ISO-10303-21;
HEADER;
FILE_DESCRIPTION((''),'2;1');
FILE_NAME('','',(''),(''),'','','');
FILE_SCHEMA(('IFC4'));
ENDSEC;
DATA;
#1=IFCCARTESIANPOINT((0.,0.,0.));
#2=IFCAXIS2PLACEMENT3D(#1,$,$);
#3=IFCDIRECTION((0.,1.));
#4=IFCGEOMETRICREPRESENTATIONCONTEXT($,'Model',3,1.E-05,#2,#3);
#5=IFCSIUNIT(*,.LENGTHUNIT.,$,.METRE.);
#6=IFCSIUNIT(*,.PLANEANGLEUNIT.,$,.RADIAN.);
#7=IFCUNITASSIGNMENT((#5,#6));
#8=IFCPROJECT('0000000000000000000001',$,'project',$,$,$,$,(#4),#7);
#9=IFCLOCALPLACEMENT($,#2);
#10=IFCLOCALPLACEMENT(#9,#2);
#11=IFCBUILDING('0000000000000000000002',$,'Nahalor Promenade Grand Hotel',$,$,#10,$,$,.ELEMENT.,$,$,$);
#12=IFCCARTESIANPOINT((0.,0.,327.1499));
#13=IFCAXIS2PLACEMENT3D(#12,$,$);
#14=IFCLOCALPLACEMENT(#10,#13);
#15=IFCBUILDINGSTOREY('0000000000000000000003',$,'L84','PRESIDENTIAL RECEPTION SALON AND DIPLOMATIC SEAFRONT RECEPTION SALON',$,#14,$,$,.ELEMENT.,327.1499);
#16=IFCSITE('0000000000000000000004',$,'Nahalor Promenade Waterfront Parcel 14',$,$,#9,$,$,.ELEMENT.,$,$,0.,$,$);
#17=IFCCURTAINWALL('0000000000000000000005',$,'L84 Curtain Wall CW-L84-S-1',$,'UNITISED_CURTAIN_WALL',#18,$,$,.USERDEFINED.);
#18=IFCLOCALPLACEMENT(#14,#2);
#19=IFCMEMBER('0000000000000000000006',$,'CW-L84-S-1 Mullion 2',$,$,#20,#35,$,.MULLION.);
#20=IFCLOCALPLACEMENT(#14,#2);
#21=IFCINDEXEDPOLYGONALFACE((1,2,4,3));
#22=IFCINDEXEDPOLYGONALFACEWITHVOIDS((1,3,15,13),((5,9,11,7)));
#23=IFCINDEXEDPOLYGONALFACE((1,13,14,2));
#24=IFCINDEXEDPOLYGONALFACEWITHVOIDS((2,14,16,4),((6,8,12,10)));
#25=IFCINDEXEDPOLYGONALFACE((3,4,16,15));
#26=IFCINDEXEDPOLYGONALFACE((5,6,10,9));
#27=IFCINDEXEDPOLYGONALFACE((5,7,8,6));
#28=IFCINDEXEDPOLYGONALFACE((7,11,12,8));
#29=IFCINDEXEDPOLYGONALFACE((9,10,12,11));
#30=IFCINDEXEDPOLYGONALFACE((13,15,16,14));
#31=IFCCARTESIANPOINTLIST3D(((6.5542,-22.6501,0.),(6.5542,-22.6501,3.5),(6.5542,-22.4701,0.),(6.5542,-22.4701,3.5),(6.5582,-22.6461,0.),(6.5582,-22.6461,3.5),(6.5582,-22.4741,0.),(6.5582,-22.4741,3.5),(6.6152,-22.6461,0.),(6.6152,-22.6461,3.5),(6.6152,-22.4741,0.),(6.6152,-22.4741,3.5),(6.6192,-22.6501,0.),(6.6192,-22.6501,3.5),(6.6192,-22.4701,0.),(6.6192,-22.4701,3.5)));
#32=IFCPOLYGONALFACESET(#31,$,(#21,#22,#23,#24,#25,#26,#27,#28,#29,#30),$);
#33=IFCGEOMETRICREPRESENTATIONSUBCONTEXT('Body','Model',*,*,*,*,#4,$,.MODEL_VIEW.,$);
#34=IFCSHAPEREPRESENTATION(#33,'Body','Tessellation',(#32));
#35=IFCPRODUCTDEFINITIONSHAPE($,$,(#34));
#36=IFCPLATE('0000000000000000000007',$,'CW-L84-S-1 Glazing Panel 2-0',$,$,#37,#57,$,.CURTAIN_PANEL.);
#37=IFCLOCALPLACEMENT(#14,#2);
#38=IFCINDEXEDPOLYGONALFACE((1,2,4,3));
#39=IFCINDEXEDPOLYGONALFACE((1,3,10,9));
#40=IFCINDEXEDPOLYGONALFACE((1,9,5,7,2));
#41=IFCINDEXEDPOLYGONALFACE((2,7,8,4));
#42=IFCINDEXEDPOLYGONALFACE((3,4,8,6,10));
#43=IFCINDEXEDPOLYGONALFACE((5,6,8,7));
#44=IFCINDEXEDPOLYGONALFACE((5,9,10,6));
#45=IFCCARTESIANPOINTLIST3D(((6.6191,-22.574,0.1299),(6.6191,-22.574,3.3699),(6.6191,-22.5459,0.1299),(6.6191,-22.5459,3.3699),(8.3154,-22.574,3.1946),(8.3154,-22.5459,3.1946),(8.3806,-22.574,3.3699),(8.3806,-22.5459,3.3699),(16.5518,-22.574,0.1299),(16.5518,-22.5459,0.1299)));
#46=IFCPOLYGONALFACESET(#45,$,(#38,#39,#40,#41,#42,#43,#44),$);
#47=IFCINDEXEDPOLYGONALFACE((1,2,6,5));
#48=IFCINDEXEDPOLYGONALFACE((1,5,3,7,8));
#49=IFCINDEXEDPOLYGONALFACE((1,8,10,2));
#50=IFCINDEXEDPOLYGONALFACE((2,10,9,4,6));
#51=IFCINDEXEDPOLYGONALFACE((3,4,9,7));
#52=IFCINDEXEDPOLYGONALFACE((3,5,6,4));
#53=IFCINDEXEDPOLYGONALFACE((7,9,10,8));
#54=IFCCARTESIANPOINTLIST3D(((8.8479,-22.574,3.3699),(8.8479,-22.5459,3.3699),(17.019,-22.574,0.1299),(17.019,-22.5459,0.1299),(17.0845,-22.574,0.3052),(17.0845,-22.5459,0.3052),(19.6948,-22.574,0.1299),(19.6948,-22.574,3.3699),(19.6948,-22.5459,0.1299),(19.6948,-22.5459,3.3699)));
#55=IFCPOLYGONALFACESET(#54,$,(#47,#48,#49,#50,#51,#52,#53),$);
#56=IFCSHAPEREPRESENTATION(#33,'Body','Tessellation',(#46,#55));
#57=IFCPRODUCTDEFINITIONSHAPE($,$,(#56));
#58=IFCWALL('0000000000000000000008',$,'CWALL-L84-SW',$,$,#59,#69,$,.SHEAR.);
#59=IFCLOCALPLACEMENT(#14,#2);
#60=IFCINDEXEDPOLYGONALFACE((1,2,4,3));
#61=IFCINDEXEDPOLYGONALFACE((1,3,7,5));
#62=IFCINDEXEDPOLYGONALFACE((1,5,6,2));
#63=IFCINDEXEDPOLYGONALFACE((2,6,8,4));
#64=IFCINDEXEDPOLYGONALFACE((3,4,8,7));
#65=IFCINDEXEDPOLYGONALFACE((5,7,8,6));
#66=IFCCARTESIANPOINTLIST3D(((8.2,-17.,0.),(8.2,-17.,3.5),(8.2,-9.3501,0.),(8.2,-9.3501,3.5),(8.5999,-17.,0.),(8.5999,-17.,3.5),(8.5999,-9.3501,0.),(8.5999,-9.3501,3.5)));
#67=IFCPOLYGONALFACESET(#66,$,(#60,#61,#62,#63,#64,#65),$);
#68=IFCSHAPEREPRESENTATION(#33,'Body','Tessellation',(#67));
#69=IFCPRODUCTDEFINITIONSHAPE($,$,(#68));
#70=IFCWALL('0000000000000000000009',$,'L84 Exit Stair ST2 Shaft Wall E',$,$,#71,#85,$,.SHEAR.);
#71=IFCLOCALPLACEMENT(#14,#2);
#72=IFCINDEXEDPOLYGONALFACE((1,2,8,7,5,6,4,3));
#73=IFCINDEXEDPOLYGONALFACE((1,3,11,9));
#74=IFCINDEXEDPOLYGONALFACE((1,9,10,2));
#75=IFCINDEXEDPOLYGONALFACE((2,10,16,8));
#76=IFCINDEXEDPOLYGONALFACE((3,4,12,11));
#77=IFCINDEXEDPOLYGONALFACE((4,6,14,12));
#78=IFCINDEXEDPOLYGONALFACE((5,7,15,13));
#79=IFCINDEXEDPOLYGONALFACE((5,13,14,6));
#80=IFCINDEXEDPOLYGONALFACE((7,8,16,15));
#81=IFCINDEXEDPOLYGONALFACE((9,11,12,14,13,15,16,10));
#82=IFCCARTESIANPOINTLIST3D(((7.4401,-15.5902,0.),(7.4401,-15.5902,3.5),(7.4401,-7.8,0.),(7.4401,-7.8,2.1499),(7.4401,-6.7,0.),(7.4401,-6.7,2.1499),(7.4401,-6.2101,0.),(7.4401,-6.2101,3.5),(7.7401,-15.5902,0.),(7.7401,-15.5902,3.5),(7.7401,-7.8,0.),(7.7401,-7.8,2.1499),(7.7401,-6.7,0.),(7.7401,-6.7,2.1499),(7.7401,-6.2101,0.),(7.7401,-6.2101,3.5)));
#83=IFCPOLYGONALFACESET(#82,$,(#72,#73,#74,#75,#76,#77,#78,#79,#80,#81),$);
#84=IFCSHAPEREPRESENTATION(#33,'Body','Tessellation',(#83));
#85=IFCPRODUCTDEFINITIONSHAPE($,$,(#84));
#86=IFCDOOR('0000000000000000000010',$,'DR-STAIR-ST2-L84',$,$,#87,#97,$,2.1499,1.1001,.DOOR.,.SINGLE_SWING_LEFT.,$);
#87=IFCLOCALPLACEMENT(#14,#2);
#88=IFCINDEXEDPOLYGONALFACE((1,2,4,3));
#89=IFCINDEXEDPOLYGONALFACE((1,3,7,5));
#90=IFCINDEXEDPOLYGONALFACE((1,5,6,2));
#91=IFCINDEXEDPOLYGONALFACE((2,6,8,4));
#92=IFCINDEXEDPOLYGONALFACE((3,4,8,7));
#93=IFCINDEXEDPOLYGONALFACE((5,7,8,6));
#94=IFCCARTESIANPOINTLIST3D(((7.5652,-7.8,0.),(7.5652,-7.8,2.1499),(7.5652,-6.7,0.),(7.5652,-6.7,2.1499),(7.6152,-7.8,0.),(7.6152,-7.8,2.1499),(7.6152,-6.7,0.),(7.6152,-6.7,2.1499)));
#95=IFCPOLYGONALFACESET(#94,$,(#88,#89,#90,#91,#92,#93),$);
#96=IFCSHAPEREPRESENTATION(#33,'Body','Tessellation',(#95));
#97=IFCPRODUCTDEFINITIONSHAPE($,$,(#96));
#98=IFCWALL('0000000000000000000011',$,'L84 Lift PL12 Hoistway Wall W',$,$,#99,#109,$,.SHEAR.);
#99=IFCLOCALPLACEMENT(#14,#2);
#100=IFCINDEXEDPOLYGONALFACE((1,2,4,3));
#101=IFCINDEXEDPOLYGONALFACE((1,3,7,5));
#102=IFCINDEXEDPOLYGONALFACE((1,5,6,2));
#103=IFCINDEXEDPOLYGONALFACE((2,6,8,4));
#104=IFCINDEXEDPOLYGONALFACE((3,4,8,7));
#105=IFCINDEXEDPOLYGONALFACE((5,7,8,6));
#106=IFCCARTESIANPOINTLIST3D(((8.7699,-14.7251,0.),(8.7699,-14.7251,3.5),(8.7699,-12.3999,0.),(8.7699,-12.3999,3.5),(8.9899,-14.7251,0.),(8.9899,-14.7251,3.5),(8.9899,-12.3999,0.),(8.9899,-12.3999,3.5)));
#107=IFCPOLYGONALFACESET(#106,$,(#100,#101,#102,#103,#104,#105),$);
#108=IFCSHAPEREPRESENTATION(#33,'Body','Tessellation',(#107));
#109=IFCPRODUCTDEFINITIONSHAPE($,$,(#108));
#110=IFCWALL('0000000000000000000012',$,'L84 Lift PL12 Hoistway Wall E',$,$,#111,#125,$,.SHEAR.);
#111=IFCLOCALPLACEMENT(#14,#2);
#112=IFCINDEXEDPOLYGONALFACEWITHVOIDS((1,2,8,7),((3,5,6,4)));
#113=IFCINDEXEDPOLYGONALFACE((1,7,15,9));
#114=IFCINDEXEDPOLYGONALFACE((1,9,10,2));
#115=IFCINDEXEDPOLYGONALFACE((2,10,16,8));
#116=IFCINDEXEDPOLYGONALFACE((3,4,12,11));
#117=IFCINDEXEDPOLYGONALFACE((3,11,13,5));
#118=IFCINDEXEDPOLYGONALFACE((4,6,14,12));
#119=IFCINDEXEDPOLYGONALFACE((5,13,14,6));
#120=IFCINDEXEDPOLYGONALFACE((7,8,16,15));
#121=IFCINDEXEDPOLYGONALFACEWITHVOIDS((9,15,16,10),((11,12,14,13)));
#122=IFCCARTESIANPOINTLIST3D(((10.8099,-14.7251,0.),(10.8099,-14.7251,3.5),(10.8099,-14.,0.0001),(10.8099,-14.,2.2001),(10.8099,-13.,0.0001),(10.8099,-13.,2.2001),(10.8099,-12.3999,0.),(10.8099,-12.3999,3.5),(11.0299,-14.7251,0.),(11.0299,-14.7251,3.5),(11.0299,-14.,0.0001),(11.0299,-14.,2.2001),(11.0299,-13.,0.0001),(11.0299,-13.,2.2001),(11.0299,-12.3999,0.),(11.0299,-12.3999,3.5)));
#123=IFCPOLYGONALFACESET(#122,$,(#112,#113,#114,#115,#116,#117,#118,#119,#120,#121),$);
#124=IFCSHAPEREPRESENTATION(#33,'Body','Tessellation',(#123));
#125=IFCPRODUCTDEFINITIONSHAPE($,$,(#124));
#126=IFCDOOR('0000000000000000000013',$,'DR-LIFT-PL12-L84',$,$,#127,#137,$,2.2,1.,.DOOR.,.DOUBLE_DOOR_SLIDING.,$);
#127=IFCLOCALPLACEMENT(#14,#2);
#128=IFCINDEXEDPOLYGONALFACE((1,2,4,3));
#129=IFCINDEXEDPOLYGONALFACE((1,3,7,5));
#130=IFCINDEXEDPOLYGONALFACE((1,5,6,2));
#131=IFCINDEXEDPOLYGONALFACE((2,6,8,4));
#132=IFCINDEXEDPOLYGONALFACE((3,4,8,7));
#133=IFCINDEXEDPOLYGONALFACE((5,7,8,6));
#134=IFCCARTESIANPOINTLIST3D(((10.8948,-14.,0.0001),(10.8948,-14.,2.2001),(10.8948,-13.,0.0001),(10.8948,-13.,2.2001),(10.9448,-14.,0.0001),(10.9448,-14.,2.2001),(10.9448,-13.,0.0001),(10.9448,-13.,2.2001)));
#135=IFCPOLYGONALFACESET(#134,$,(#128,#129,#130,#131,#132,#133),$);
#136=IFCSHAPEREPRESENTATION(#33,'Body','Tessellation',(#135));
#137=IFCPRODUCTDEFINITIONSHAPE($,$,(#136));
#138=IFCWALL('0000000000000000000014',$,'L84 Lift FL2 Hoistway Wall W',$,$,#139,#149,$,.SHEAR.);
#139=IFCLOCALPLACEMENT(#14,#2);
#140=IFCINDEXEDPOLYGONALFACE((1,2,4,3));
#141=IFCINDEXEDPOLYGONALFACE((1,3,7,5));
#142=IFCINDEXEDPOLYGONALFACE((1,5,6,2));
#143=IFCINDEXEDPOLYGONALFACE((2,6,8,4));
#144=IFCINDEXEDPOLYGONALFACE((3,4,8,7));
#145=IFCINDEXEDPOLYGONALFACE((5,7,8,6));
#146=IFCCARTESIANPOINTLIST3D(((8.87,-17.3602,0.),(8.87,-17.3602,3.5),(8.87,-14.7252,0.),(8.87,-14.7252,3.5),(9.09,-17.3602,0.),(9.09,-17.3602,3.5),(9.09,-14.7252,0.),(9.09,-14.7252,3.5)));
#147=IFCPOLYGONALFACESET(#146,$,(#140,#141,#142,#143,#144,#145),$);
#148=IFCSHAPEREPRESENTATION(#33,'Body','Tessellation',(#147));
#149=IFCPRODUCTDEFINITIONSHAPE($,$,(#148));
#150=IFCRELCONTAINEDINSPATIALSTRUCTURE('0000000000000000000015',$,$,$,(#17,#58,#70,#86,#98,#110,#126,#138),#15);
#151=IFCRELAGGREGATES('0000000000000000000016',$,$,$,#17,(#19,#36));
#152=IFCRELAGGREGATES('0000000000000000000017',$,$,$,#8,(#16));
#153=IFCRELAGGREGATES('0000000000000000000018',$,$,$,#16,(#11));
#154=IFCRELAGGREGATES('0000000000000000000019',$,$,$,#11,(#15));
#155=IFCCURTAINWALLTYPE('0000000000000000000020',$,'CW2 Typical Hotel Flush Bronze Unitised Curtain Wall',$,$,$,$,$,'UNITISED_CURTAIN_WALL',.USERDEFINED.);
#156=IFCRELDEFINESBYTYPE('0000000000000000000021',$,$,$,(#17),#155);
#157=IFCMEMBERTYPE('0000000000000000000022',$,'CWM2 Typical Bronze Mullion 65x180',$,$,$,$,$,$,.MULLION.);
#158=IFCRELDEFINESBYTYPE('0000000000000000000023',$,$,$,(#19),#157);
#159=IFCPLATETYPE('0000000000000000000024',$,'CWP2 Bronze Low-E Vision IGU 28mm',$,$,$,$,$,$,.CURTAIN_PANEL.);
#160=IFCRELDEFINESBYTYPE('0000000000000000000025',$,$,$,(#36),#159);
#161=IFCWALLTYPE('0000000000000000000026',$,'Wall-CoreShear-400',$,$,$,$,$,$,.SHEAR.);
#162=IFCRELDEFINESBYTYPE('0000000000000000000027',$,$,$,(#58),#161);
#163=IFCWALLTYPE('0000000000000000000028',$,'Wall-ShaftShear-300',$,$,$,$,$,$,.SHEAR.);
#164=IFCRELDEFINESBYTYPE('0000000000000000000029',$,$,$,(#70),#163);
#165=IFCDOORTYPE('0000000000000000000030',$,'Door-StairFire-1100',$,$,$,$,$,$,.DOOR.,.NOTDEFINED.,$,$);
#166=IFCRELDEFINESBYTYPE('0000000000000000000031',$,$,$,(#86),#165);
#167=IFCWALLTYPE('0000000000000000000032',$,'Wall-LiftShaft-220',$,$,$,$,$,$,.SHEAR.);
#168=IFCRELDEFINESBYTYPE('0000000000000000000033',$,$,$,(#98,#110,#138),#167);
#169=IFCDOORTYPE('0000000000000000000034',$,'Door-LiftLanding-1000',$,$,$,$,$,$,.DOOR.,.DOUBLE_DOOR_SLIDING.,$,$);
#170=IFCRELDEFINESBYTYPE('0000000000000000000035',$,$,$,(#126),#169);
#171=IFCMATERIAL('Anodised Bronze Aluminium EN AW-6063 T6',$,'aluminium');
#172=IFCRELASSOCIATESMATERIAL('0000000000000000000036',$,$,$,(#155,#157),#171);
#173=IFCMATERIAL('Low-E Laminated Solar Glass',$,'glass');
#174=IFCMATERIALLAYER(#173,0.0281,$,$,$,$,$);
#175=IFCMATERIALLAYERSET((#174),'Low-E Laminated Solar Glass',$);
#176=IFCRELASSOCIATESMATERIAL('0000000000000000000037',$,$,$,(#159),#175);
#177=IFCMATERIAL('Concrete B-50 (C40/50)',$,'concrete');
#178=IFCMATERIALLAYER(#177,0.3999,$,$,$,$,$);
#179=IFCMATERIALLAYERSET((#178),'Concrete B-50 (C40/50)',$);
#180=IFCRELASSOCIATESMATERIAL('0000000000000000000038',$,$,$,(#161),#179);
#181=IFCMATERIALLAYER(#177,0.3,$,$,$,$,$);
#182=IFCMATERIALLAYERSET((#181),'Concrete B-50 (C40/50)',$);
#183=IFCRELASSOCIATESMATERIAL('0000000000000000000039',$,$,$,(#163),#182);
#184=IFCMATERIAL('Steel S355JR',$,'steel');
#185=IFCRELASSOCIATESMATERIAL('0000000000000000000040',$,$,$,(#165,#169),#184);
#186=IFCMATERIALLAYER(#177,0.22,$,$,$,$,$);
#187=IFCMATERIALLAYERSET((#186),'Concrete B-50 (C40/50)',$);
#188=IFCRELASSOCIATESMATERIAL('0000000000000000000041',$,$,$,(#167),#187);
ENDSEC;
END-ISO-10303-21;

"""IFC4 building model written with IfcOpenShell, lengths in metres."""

from ifc_helpers import new_model, si_unit, direction, frame, frame_2d, origin, origin_2d, place, context, subcontext, project, spatial, polyline, rectangle, hollow_rectangle, outline, extrude, source, transform, mapped, material, layer, layer_set, material_profile, profile_set, type_object, element, fill, aggregate, save


model = new_model("IFC4")

# Units and contexts
model_context = context("Model", 3, precision=1e-05, world=origin(), true_north=direction((0.0, 1.0)))
body_context = subcontext(model_context, "Body", "Model", "MODEL_VIEW")
ifc_project = project(units=[si_unit("LENGTHUNIT", "METRE"), si_unit("PLANEANGLEUNIT", "RADIAN")], contexts=[model_context])

# Site, building, storey
site_placement = place(None, origin())
site = spatial("IfcSite", under=ifc_project, at=site_placement, Name="Nahalor Promenade Waterfront Parcel 14", CompositionType="ELEMENT", RefElevation=0.0)
building_placement = place(site_placement, origin())
building = spatial("IfcBuilding", under=site, at=building_placement, Name="Nahalor Promenade Grand Hotel", CompositionType="ELEMENT")
storey_placement = place(building_placement, frame((0.0, 0.0, 327.1499)))
storey = spatial("IfcBuildingStorey", under=building, at=storey_placement, Name="L84", Description="PRESIDENTIAL RECEPTION SALON AND DIPLOMATIC SEAFRONT RECEPTION SALON", CompositionType="ELEMENT", Elevation=327.1499)

# Shared definitions
ifc_material_1 = material(Name="Concrete B-50 (C40/50)", Category="concrete")
ifc_material_2 = material(Name="Steel S355JR", Category="steel")

# Curtain wall, member, plate
ifc_material_3 = material(Name="Anodised Bronze Aluminium EN AW-6063 T6", Category="aluminium")
curtain_wall_type = type_object("IfcCurtainWallType", Name="CW2 Typical Hotel Flush Bronze Unitised Curtain Wall", ElementType="UNITISED_CURTAIN_WALL", PredefinedType="USERDEFINED", material=ifc_material_3)
curtain_wall_placement = place(storey_placement, origin())
curtain_wall = element("IfcCurtainWall", 1, at=curtain_wall_placement, inside=storey, type_object=curtain_wall_type, Name="L84 Curtain Wall CW-L84-S-1", ObjectType="UNITISED_CURTAIN_WALL", PredefinedType="USERDEFINED")
ifc_material_profile_1 = material_profile(ifc_material_3, hollow_rectangle(XDim=0.065, YDim=0.18, WallThickness=0.004, at=origin_2d()), Name="CWM 65x180x4")
ifc_profile_set_1 = profile_set([ifc_material_profile_1], Name="Anodised Bronze Aluminium EN AW-6063 T6")
member_type_1 = type_object("IfcMemberType", Name="CWM2 Typical Bronze Mullion 65x180", PredefinedType="MULLION", material=ifc_profile_set_1)
shared_shape_1 = source(origin(), body_context, "Body", "SweptSolid", [
    extrude(hollow_rectangle(XDim=0.065, YDim=0.18, WallThickness=0.004, at=origin_2d()), origin(), (0.0, 0.0, 1.0), 3.5),
])
member_1_placement = place(storey_placement, frame((6.5867, -22.5601, 0.0), z_axis=(0.0, 0.0, 1.0), x_axis=(1.0, 0.0, 0.0)))
member_1 = element("IfcMember", 2, at=member_1_placement, type_object=member_type_1, Name="CW-L84-S-1 Mullion 2", PredefinedType="MULLION", context=body_context, shape_type="MappedRepresentation", body=[
    mapped(shared_shape_1, transform((0.0, 0.0, 0.0), scale=1.0)),
])
ifc_material_4 = material(Name="Low-E Laminated Solar Glass", Category="glass")
ifc_layer_1 = layer(ifc_material_4, 0.0281)
ifc_layer_set_1 = layer_set([ifc_layer_1], Name="Low-E Laminated Solar Glass")
plate_type = type_object("IfcPlateType", Name="CWP2 Bronze Low-E Vision IGU 28mm", PredefinedType="CURTAIN_PANEL", material=ifc_layer_set_1)
plate_placement = place(storey_placement, frame((13.157, -22.5601, 0.1299), z_axis=(0.0, 0.0, 1.0), x_axis=(1.0, 0.0, 0.0)))
plate = element("IfcPlate", 3, at=plate_placement, type_object=plate_type, Name="CW-L84-S-1 Glazing Panel 2-0", PredefinedType="CURTAIN_PANEL", context=body_context, shape_type="SweptSolid", body=[
    extrude(outline(polyline([(-6.5378, 3.24), (-6.5378, 0.0), (3.3948, 0.0), (-4.8416, 3.0647), (-4.7764, 3.24), (-6.5378, 3.24)])), frame((0.0, 0.0142, 0.0), z_axis=(0.0, -1.0, 0.0), x_axis=(1.0, 0.0, 0.0)), (0.0, 0.0, 1.0), 0.0281),
    extrude(outline(polyline([(6.5378, 0.0), (6.5378, 3.24), (-4.3091, 3.24), (3.9275, 0.1753), (3.8621, 0.0), (6.5378, 0.0)])), frame((0.0, 0.0142, 0.0), z_axis=(0.0, -1.0, 0.0), x_axis=(1.0, 0.0, 0.0)), (0.0, 0.0, 1.0), 0.0281),
])
aggregate(curtain_wall, [member_1, plate])

# Wall
ifc_layer_2 = layer(ifc_material_1, 0.3999)
ifc_layer_set_2 = layer_set([ifc_layer_2], Name="Concrete B-50 (C40/50)")
wall_type_1 = type_object("IfcWallType", Name="Wall-CoreShear-400", PredefinedType="SHEAR", material=ifc_layer_set_2)
shared_shape_2 = source(origin(), body_context, "Body", "SweptSolid", [
    extrude(rectangle(XDim=7.6499, YDim=0.3999, at=frame_2d((3.825, 0.0))), origin(), (0.0, 0.0, 1.0), 3.5),
])
wall_1_placement = place(storey_placement, frame((8.3999, -17.0, 0.0), z_axis=(0.0, 0.0, 1.0), x_axis=(0.0, 1.0, 0.0)))
element("IfcWall", 4, at=wall_1_placement, inside=storey, type_object=wall_type_1, Name="CWALL-L84-SW", PredefinedType="SHEAR", context=body_context, shape_type="MappedRepresentation", body=[
    mapped(shared_shape_2, transform((0.0, 0.0, 0.0), scale=1.0)),
])

# Wall, opening, door
ifc_layer_3 = layer(ifc_material_1, 0.3)
ifc_layer_set_3 = layer_set([ifc_layer_3], Name="Concrete B-50 (C40/50)")
wall_type_2 = type_object("IfcWallType", Name="Wall-ShaftShear-300", PredefinedType="SHEAR", material=ifc_layer_set_3)
shared_shape_3 = source(origin(), body_context, "Body", "SweptSolid", [
    extrude(rectangle(XDim=9.3801, YDim=0.3, at=frame_2d((4.6899, 0.0))), origin(), (0.0, 0.0, 1.0), 3.5),
])
wall_2_placement = place(storey_placement, frame((7.5901, -15.5901, 0.0), z_axis=(0.0, 0.0, 1.0), x_axis=(0.0, 1.0, 0.0)))
wall_2 = element("IfcWall", 5, at=wall_2_placement, inside=storey, type_object=wall_type_2, Name="L84 Exit Stair ST2 Shaft Wall E", PredefinedType="SHEAR", context=body_context, shape_type="MappedRepresentation", body=[
    mapped(shared_shape_3, transform((0.0, 0.0, 0.0), scale=1.0)),
])
opening_1_placement = place(wall_2_placement, frame((7.79, 0.0, 0.0)))
opening_1 = element("IfcOpeningElement", 6, at=opening_1_placement, cuts=wall_2, PredefinedType="OPENING", context=body_context, shape_type="SweptSolid", body=[
    extrude(rectangle(XDim=1.1001, YDim=2.1499, at=frame_2d((0.55, 1.075))), frame((0.0, 0.1599, 0.0), z_axis=(0.0, -1.0, 0.0), x_axis=(1.0, 0.0, 0.0)), (0.0, 0.0, 1.0), 0.3201),
])
door_type_1 = type_object("IfcDoorType", Name="Door-StairFire-1100", OperationType="NOTDEFINED", PredefinedType="DOOR", material=ifc_material_2)
shared_shape_4 = source(origin(), body_context, "Body", "SweptSolid", [
    extrude(rectangle(XDim=1.1001, YDim=2.1499, at=frame_2d((0.55, 1.075))), frame((0.0, 0.0249, 0.0), z_axis=(0.0, -1.0, 0.0), x_axis=(1.0, 0.0, 0.0)), (0.0, 0.0, 1.0), 0.05),
])
door_1_placement = place(opening_1_placement, origin())
door_1 = element("IfcDoor", 7, at=door_1_placement, inside=storey, type_object=door_type_1, Name="DR-STAIR-ST2-L84", OperationType="SINGLE_SWING_LEFT", OverallHeight=2.1499, OverallWidth=1.1001, PredefinedType="DOOR", context=body_context, shape_type="MappedRepresentation", body=[
    mapped(shared_shape_4, transform((0.0, 0.0, 0.0), scale=1.0)),
])
fill(opening_1, door_1)

# Wall
ifc_layer_4 = layer(ifc_material_1, 0.22)
ifc_layer_set_4 = layer_set([ifc_layer_4], Name="Concrete B-50 (C40/50)")
wall_type_3 = type_object("IfcWallType", Name="Wall-LiftShaft-220", PredefinedType="SHEAR", material=ifc_layer_set_4)
shared_shape_5 = source(origin(), body_context, "Body", "SweptSolid", [
    extrude(rectangle(XDim=2.3252, YDim=0.22, at=frame_2d((1.1626, 0.0))), origin(), (0.0, 0.0, 1.0), 3.5),
])
wall_3_placement = place(storey_placement, frame((8.8799, -14.7251, 0.0), z_axis=(0.0, 0.0, 1.0), x_axis=(0.0, 1.0, 0.0)))
element("IfcWall", 8, at=wall_3_placement, inside=storey, type_object=wall_type_3, Name="L84 Lift PL12 Hoistway Wall W", PredefinedType="SHEAR", context=body_context, shape_type="MappedRepresentation", body=[
    mapped(shared_shape_5, transform((0.0, 0.0, 0.0), scale=1.0)),
])

# Wall, opening, door
wall_4_placement = place(storey_placement, frame((10.9199, -14.7251, 0.0), z_axis=(0.0, 0.0, 1.0), x_axis=(0.0, 1.0, 0.0)))
wall_4 = element("IfcWall", 9, at=wall_4_placement, inside=storey, type_object=wall_type_3, Name="L84 Lift PL12 Hoistway Wall E", PredefinedType="SHEAR", context=body_context, shape_type="MappedRepresentation", body=[
    mapped(shared_shape_5, transform((0.0, 0.0, 0.0), scale=1.0)),
])
opening_2_placement = place(wall_4_placement, frame((0.7251, 0.0, 0.0)))
opening_2 = element("IfcOpeningElement", 10, at=opening_2_placement, cuts=wall_4, PredefinedType="OPENING", context=body_context, shape_type="SweptSolid", body=[
    extrude(rectangle(XDim=1.0, YDim=2.2, at=frame_2d((0.5, 1.1001))), frame((0.0, 0.1199, 0.0), z_axis=(0.0, -1.0, 0.0), x_axis=(1.0, 0.0, 0.0)), (0.0, 0.0, 1.0), 0.24),
])
door_type_2 = type_object("IfcDoorType", Name="Door-LiftLanding-1000", OperationType="DOUBLE_DOOR_SLIDING", PredefinedType="DOOR", material=ifc_material_2)
shared_shape_6 = source(origin(), body_context, "Body", "SweptSolid", [
    extrude(rectangle(XDim=1.0, YDim=2.2, at=frame_2d((0.5, 1.1001))), frame((0.0, 0.0249, 0.0), z_axis=(0.0, -1.0, 0.0), x_axis=(1.0, 0.0, 0.0)), (0.0, 0.0, 1.0), 0.05),
])
door_2_placement = place(opening_2_placement, frame((1.0, 0.0, 0.0), z_axis=(0.0, 0.0, 1.0), x_axis=(-1.0, 0.0, 0.0)))
door_2 = element("IfcDoor", 11, at=door_2_placement, inside=storey, type_object=door_type_2, Name="DR-LIFT-PL12-L84", OperationType="DOUBLE_DOOR_SLIDING", OverallHeight=2.2, OverallWidth=1.0, PredefinedType="DOOR", context=body_context, shape_type="MappedRepresentation", body=[
    mapped(shared_shape_6, transform((0.0, 0.0, 0.0), scale=1.0)),
])
fill(opening_2, door_2)

# Wall
shared_shape_7 = source(origin(), body_context, "Body", "SweptSolid", [
    extrude(rectangle(XDim=2.635, YDim=0.22, at=frame_2d((1.3174, 0.0))), origin(), (0.0, 0.0, 1.0), 3.5),
])
wall_5_placement = place(storey_placement, frame((8.98, -17.3601, 0.0), z_axis=(0.0, 0.0, 1.0), x_axis=(0.0, 1.0, 0.0)))
element("IfcWall", 12, at=wall_5_placement, inside=storey, type_object=wall_type_3, Name="L84 Lift FL2 Hoistway Wall W", PredefinedType="SHEAR", context=body_context, shape_type="MappedRepresentation", body=[
    mapped(shared_shape_7, transform((0.0, 0.0, 0.0), scale=1.0)),
])

save(model, "model.ifc")
